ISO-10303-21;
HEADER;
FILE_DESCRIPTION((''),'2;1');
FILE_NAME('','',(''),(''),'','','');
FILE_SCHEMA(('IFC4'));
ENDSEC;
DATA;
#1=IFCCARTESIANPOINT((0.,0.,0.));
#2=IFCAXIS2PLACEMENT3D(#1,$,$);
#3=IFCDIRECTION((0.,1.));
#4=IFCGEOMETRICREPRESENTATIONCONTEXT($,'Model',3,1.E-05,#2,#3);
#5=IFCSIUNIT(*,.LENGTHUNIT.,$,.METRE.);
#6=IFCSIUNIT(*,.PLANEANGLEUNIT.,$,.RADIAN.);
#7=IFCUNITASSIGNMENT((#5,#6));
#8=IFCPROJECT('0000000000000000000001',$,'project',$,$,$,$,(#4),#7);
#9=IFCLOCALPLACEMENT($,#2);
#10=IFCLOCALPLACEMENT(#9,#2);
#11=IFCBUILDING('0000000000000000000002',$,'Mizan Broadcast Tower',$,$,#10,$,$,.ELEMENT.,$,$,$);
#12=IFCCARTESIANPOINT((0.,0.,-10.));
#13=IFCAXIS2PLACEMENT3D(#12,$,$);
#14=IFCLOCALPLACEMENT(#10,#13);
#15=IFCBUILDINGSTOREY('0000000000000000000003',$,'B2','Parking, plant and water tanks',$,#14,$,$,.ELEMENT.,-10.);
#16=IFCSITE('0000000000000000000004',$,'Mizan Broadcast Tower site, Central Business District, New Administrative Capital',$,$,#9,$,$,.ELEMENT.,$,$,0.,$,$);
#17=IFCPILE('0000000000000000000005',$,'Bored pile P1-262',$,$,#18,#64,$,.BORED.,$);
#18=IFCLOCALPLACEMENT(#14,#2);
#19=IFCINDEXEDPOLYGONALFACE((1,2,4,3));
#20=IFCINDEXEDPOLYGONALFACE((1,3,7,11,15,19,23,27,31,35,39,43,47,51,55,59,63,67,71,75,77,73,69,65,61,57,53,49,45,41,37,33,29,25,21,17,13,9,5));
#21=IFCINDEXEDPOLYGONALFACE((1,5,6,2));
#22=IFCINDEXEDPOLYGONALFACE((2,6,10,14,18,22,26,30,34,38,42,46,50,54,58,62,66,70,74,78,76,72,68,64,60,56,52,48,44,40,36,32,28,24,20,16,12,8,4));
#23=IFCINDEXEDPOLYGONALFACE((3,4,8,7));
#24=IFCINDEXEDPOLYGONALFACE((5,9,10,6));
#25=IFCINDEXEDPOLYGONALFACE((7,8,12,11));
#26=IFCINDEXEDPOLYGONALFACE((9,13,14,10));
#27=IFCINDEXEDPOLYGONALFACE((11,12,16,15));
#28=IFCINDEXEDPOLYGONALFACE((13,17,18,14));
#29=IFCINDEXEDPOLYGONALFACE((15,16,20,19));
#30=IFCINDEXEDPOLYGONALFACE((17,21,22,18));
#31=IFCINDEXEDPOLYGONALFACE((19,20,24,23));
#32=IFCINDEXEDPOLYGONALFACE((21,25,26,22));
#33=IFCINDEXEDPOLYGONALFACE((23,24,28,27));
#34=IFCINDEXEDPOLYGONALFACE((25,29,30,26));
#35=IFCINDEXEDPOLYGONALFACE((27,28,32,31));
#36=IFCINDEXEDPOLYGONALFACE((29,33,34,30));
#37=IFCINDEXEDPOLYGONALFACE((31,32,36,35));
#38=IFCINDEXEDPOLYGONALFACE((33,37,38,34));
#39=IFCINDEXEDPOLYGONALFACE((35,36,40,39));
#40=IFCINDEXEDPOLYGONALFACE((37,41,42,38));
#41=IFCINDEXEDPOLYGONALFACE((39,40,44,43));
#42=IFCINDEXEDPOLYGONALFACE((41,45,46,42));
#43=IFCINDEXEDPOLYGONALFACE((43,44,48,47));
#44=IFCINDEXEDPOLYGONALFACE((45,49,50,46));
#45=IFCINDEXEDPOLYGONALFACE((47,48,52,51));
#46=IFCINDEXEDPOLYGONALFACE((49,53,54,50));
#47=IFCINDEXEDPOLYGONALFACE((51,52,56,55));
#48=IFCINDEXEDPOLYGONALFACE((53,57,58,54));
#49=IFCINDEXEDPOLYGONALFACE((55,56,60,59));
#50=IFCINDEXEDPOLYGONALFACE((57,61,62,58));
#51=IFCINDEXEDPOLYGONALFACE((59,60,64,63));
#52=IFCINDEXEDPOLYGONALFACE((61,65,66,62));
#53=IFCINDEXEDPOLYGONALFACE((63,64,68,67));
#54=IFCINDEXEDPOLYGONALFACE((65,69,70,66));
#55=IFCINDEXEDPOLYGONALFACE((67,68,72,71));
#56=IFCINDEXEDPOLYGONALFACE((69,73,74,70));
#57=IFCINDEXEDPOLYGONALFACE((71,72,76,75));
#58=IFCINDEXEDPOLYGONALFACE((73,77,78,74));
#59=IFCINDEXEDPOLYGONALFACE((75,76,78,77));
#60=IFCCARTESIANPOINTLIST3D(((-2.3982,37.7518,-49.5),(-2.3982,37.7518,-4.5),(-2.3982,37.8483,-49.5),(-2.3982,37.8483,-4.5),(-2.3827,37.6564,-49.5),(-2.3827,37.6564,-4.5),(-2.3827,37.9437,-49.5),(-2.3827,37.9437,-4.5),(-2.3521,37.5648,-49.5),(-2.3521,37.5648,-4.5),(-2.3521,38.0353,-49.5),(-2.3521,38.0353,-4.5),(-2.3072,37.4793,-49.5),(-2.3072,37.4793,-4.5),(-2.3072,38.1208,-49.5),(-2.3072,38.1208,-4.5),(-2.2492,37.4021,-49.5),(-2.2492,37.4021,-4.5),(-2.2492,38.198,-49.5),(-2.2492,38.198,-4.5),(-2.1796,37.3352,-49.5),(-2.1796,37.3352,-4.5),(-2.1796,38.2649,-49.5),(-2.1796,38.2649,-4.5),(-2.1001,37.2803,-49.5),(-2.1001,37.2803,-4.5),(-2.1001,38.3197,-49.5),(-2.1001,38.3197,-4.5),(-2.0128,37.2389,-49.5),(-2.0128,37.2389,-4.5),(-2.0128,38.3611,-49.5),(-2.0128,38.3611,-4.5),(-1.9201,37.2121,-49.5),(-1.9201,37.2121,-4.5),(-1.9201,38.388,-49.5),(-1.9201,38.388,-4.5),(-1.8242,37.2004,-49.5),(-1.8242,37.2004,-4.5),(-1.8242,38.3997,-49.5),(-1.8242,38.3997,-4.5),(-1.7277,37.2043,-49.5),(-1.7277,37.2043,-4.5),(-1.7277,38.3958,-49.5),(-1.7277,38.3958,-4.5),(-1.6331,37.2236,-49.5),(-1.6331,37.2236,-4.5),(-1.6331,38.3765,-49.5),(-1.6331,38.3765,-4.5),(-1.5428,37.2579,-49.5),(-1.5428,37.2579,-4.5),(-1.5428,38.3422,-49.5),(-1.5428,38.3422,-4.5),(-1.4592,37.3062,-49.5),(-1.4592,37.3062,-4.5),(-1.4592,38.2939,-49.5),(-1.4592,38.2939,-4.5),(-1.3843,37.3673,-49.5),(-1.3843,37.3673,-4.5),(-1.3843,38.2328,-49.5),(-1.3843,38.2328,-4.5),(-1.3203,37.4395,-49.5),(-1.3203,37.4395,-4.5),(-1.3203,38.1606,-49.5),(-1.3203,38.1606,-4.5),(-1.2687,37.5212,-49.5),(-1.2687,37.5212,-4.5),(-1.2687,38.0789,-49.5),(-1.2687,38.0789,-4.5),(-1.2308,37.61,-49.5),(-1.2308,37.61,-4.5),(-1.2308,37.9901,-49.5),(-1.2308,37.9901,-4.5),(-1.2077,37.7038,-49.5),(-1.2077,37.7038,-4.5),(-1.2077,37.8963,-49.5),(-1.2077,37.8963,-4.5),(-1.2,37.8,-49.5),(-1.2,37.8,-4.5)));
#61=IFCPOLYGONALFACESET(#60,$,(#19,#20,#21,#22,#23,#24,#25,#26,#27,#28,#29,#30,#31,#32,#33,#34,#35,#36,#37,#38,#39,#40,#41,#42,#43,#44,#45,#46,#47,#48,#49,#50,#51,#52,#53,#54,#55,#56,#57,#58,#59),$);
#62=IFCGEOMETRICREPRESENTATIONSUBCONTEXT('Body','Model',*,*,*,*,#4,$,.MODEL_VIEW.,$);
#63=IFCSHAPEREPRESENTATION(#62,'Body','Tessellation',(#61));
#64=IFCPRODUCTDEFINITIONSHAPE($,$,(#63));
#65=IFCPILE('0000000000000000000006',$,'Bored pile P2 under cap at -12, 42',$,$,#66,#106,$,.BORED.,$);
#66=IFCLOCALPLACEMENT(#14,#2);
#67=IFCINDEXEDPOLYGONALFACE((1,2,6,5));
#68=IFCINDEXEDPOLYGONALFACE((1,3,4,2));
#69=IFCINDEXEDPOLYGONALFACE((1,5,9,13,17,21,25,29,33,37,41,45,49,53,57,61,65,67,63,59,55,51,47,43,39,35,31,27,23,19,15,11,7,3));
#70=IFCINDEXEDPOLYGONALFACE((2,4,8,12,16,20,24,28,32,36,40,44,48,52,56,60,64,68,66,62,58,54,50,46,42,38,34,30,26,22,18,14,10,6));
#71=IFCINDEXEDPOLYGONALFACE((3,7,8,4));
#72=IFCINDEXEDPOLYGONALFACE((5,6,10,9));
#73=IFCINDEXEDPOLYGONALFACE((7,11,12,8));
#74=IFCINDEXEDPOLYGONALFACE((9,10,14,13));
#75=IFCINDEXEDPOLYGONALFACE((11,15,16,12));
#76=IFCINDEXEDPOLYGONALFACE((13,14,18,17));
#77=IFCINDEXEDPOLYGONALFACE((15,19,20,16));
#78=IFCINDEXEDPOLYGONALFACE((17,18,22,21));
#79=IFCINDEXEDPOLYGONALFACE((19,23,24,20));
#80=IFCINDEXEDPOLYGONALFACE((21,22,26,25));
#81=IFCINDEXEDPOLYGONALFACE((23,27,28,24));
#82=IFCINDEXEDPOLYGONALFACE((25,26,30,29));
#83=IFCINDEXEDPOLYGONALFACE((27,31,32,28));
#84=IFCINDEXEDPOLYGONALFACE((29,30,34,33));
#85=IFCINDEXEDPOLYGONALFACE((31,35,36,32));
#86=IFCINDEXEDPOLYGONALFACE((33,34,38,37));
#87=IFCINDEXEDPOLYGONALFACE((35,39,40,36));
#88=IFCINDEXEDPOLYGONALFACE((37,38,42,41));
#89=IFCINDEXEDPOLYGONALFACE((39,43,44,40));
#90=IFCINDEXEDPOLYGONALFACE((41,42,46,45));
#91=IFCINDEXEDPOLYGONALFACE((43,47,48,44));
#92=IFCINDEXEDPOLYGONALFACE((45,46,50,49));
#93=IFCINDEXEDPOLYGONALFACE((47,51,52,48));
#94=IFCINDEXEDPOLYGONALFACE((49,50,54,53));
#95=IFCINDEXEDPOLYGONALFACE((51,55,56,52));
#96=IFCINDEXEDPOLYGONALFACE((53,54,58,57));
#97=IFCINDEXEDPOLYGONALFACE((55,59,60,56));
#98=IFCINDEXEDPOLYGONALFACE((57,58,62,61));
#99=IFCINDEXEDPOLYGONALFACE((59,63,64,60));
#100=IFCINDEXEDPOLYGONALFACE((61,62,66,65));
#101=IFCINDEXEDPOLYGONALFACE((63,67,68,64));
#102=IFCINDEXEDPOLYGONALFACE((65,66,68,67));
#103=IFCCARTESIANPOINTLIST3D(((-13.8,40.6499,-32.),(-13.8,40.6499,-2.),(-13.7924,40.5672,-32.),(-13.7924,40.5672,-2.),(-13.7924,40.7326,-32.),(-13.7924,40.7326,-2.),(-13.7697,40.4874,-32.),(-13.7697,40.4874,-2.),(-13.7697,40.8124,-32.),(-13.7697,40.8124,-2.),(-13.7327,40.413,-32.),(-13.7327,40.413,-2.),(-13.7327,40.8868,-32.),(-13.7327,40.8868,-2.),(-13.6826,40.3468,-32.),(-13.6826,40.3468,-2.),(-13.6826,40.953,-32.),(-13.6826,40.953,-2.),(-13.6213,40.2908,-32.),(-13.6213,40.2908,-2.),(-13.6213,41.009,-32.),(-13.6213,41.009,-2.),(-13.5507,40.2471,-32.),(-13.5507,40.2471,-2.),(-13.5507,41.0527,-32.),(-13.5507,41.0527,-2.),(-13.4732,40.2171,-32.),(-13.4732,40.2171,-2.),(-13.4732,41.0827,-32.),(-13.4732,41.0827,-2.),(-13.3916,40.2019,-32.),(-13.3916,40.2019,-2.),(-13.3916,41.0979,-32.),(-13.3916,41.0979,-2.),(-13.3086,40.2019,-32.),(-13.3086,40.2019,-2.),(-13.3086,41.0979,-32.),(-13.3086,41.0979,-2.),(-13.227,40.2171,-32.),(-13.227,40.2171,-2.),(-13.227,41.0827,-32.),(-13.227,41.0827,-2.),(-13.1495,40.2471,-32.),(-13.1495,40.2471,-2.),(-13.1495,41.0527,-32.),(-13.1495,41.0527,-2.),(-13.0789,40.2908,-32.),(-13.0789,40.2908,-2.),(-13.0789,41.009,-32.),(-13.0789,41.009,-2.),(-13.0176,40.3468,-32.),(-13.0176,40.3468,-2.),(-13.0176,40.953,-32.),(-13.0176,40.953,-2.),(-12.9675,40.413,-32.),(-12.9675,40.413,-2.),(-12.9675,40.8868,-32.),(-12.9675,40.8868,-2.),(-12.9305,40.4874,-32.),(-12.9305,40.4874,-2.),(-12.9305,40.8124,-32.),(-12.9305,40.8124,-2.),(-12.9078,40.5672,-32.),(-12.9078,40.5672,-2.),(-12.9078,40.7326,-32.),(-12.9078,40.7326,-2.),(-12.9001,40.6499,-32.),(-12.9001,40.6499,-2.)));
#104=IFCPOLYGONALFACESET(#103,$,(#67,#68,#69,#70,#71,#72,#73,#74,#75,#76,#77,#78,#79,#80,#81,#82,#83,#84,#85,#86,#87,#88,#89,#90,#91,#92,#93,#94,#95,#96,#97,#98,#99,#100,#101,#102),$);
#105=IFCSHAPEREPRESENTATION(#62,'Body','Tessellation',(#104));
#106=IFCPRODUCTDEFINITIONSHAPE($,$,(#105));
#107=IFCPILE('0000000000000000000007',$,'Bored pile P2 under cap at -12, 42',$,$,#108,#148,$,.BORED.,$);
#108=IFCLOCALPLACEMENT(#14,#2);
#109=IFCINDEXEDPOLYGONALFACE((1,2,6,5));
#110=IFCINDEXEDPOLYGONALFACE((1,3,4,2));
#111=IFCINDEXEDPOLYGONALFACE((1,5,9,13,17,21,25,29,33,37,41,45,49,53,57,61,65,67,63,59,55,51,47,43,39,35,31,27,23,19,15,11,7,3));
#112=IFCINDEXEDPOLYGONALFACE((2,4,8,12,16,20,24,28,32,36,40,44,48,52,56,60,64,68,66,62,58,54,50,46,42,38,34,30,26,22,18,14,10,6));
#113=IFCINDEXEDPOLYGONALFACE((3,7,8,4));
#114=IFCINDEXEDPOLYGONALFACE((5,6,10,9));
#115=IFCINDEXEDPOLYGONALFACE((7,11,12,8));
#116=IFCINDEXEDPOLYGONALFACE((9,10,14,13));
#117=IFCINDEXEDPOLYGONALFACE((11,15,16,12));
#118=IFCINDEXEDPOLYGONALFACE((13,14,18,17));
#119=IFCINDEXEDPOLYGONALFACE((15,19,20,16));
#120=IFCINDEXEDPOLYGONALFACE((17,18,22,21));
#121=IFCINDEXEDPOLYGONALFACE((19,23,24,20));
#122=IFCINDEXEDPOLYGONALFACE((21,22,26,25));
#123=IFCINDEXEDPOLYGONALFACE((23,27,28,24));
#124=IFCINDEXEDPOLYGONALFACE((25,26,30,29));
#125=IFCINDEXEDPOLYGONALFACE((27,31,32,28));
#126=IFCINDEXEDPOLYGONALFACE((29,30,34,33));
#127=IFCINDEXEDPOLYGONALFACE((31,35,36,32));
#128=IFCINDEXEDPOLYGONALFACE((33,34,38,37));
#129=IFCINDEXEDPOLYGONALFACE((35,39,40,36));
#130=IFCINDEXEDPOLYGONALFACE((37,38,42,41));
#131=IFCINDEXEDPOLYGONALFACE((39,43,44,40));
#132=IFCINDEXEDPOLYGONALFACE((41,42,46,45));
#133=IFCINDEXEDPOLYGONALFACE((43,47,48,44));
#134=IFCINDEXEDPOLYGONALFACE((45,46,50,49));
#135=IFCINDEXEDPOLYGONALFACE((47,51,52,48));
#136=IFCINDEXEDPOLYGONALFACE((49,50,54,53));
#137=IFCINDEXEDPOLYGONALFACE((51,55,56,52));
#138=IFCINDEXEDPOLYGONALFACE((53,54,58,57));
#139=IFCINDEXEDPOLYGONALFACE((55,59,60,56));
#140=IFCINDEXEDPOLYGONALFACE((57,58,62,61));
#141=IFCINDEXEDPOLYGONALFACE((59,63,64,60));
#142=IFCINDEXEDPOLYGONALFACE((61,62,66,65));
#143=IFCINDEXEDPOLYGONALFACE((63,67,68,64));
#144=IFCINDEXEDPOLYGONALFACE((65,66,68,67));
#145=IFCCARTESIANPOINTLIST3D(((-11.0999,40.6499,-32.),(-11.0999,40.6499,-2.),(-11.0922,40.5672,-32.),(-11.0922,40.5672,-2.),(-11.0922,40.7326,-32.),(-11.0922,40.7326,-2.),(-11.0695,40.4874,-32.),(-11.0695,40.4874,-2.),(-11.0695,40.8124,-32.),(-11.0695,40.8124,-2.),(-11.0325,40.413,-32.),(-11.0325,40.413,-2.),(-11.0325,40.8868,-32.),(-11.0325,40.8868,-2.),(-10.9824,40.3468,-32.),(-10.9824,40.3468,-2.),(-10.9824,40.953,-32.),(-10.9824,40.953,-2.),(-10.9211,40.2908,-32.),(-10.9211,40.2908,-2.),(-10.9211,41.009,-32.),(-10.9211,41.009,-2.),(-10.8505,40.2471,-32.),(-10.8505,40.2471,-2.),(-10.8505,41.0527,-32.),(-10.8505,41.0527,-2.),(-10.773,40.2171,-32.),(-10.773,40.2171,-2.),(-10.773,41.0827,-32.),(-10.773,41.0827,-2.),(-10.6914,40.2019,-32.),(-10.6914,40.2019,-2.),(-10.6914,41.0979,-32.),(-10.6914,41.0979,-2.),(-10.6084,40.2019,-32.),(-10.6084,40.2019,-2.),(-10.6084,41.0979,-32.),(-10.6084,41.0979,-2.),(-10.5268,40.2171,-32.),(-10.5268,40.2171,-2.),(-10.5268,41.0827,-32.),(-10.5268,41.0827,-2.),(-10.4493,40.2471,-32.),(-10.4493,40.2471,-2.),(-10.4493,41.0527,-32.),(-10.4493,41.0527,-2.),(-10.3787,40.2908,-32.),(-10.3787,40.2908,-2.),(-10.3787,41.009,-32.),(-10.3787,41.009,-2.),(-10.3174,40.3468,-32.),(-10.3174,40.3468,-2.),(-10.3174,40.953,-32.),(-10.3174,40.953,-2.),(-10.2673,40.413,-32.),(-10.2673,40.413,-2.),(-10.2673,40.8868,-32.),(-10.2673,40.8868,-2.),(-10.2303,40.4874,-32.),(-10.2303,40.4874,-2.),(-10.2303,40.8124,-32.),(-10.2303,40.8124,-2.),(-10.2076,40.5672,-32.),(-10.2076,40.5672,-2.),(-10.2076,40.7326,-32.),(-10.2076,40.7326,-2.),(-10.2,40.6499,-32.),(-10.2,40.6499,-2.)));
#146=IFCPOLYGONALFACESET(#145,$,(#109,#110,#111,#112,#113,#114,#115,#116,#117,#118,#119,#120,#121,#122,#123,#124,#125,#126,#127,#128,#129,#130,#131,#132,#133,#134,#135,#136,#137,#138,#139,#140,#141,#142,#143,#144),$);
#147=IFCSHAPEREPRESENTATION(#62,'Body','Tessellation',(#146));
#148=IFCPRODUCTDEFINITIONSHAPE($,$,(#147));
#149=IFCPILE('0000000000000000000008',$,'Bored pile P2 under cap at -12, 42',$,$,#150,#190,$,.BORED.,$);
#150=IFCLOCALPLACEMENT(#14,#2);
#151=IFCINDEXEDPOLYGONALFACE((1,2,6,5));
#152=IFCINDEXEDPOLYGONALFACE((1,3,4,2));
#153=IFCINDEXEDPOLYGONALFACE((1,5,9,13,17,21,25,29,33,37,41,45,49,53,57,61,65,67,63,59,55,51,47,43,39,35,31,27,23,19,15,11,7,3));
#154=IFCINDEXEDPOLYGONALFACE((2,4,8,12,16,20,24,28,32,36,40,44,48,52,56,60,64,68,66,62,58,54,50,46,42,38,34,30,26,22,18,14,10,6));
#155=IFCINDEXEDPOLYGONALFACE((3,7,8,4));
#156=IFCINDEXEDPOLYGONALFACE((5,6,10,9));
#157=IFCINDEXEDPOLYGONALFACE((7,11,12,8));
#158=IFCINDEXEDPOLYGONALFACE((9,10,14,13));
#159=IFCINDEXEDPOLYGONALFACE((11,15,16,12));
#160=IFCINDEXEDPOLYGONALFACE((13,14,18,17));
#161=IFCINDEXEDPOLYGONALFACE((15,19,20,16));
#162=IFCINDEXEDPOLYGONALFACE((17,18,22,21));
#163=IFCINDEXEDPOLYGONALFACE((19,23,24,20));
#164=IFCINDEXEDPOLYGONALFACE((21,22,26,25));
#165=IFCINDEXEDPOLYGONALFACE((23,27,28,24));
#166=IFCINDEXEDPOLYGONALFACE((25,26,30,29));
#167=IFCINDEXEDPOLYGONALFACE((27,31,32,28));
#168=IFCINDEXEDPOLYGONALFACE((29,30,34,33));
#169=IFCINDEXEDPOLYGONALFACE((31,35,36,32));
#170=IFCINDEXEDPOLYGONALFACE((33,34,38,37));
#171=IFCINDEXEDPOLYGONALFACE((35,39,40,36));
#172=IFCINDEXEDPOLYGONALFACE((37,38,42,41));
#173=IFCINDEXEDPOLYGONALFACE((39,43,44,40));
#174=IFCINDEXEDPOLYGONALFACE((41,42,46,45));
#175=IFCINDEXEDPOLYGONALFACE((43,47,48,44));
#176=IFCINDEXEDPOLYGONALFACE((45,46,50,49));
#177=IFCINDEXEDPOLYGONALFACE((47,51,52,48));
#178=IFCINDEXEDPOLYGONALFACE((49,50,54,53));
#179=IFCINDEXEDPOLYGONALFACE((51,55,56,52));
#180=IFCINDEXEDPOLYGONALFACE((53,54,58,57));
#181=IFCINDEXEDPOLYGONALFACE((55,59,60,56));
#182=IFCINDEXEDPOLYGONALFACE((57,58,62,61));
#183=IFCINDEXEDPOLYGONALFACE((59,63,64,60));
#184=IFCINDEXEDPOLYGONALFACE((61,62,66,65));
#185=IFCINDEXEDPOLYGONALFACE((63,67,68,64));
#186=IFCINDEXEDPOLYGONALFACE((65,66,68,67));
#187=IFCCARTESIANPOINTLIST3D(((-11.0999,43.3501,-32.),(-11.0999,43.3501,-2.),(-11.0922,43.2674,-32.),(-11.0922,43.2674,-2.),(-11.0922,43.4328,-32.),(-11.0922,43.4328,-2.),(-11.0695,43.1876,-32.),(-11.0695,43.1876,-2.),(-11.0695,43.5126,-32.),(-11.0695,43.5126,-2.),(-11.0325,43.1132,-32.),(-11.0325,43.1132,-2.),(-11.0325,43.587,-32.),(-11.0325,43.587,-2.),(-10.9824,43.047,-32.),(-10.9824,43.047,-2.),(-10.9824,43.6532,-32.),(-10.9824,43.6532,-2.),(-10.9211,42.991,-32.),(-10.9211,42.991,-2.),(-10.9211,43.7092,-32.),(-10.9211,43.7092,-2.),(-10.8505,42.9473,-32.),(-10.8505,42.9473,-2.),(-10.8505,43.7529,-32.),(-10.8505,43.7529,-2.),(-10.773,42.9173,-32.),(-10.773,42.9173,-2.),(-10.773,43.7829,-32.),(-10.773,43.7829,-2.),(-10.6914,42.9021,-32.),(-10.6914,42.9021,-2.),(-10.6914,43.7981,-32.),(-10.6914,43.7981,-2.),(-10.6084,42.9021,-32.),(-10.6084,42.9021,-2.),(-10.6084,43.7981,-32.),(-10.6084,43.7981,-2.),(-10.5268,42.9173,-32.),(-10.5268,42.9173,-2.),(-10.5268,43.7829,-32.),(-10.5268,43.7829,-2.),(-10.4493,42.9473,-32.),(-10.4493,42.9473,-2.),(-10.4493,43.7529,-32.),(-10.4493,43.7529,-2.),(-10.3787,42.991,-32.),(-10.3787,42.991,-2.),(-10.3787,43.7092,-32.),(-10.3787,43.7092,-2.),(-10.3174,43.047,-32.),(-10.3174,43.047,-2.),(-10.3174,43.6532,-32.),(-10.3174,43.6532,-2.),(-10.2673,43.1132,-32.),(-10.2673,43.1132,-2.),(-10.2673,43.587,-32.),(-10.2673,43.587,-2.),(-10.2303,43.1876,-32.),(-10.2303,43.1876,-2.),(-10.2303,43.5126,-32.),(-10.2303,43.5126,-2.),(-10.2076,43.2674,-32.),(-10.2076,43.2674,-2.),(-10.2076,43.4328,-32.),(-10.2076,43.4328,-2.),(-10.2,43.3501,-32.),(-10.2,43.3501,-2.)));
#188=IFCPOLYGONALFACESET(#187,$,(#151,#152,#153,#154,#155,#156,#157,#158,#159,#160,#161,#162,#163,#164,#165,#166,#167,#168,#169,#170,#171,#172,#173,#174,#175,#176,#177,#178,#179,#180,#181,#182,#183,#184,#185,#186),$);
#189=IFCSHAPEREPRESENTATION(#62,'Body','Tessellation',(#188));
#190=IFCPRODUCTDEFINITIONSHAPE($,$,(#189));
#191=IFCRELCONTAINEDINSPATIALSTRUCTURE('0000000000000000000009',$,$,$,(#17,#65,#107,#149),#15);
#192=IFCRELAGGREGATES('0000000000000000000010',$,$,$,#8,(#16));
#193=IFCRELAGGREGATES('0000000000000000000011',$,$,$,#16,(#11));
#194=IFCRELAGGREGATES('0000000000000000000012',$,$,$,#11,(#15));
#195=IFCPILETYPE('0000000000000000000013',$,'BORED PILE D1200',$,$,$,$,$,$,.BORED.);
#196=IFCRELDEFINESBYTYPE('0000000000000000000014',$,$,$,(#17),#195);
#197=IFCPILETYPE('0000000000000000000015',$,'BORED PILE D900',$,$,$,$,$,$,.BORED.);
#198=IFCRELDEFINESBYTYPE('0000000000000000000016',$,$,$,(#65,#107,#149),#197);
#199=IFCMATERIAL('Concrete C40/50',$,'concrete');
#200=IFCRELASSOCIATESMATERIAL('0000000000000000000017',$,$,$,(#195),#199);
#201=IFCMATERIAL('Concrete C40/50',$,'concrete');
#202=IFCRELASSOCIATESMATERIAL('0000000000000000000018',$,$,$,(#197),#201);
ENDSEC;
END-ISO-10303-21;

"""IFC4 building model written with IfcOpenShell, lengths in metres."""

from ifc_helpers import new_model, si_unit, direction, frame, origin, origin_2d, place, context, subcontext, project, spatial, circle, extrude, material, material_profile, profile_set, type_object, element, save


model = new_model("IFC4")

# Units and contexts
model_context = context("Model", 3, precision=1e-05, world=origin(), true_north=direction((0.0, 1.0)))
body_context = subcontext(model_context, "Body", "Model", "MODEL_VIEW")
ifc_project = project(units=[si_unit("LENGTHUNIT", "METRE"), si_unit("PLANEANGLEUNIT", "RADIAN")], contexts=[model_context])

# Site, building, storey
site_placement = place(None, origin())
site = spatial("IfcSite", under=ifc_project, at=site_placement, Name="Mizan Broadcast Tower site, Central Business District, New Administrative Capital", CompositionType="ELEMENT", RefElevation=0.0)
building_placement = place(site_placement, origin())
building = spatial("IfcBuilding", under=site, at=building_placement, Name="Mizan Broadcast Tower", CompositionType="ELEMENT")
storey_placement = place(building_placement, frame((0.0, 0.0, -10.0)))
storey = spatial("IfcBuildingStorey", under=building, at=storey_placement, Name="B2", Description="Parking, plant and water tanks", CompositionType="ELEMENT", Elevation=-10.0)

# Piles
ifc_material_1 = material(Name="Concrete C40/50", Category="concrete")
ifc_material_profile_1 = material_profile(ifc_material_1, circle(Radius=0.6001, at=origin_2d()), Name="D1200")
ifc_profile_set_1 = profile_set([ifc_material_profile_1], Name="Concrete C40/50")
pile_type_1 = type_object("IfcPileType", Name="BORED PILE D1200", PredefinedType="BORED", material=ifc_profile_set_1)
for number, where, z_axis, x_axis, name in (
    (1, (-1.8, 37.8, -4.5), (0.0, 0.0, -1.0), (1.0, 0.0, 0.0), "Bored pile P1-262"),
):
    element("IfcPile", number, at=place(storey_placement, frame(where, z_axis=z_axis, x_axis=x_axis)), inside=storey, type_object=pile_type_1, Name=name, PredefinedType="BORED", context=body_context, shape_type="SweptSolid", body=[
        extrude(circle(Radius=0.6001, at=origin_2d()), origin(), (0.0, 0.0, 1.0), 45.0),
    ])
ifc_material_2 = material(Name="Concrete C40/50", Category="concrete")
ifc_material_profile_2 = material_profile(ifc_material_2, circle(Radius=0.45, at=origin_2d()), Name="D900")
ifc_profile_set_2 = profile_set([ifc_material_profile_2], Name="Concrete C40/50")
pile_type_2 = type_object("IfcPileType", Name="BORED PILE D900", PredefinedType="BORED", material=ifc_profile_set_2)
for number, where, z_axis, x_axis, name in (
    (2, (-13.3501, 40.6499, -2.0), (0.0, 0.0, -1.0), (1.0, 0.0, 0.0), "Bored pile P2 under cap at -12, 42"),
    (3, (-10.6499, 40.6499, -2.0), (0.0, 0.0, -1.0), (1.0, 0.0, 0.0), "Bored pile P2 under cap at -12, 42"),
    (4, (-10.6499, 43.3501, -2.0), (0.0, 0.0, -1.0), (1.0, 0.0, 0.0), "Bored pile P2 under cap at -12, 42"),
):
    element("IfcPile", number, at=place(storey_placement, frame(where, z_axis=z_axis, x_axis=x_axis)), inside=storey, type_object=pile_type_2, Name=name, PredefinedType="BORED", context=body_context, shape_type="SweptSolid", body=[
        extrude(circle(Radius=0.45, at=origin_2d()), origin(), (0.0, 0.0, 1.0), 30.0),
    ])

save(model, "model.ifc")
